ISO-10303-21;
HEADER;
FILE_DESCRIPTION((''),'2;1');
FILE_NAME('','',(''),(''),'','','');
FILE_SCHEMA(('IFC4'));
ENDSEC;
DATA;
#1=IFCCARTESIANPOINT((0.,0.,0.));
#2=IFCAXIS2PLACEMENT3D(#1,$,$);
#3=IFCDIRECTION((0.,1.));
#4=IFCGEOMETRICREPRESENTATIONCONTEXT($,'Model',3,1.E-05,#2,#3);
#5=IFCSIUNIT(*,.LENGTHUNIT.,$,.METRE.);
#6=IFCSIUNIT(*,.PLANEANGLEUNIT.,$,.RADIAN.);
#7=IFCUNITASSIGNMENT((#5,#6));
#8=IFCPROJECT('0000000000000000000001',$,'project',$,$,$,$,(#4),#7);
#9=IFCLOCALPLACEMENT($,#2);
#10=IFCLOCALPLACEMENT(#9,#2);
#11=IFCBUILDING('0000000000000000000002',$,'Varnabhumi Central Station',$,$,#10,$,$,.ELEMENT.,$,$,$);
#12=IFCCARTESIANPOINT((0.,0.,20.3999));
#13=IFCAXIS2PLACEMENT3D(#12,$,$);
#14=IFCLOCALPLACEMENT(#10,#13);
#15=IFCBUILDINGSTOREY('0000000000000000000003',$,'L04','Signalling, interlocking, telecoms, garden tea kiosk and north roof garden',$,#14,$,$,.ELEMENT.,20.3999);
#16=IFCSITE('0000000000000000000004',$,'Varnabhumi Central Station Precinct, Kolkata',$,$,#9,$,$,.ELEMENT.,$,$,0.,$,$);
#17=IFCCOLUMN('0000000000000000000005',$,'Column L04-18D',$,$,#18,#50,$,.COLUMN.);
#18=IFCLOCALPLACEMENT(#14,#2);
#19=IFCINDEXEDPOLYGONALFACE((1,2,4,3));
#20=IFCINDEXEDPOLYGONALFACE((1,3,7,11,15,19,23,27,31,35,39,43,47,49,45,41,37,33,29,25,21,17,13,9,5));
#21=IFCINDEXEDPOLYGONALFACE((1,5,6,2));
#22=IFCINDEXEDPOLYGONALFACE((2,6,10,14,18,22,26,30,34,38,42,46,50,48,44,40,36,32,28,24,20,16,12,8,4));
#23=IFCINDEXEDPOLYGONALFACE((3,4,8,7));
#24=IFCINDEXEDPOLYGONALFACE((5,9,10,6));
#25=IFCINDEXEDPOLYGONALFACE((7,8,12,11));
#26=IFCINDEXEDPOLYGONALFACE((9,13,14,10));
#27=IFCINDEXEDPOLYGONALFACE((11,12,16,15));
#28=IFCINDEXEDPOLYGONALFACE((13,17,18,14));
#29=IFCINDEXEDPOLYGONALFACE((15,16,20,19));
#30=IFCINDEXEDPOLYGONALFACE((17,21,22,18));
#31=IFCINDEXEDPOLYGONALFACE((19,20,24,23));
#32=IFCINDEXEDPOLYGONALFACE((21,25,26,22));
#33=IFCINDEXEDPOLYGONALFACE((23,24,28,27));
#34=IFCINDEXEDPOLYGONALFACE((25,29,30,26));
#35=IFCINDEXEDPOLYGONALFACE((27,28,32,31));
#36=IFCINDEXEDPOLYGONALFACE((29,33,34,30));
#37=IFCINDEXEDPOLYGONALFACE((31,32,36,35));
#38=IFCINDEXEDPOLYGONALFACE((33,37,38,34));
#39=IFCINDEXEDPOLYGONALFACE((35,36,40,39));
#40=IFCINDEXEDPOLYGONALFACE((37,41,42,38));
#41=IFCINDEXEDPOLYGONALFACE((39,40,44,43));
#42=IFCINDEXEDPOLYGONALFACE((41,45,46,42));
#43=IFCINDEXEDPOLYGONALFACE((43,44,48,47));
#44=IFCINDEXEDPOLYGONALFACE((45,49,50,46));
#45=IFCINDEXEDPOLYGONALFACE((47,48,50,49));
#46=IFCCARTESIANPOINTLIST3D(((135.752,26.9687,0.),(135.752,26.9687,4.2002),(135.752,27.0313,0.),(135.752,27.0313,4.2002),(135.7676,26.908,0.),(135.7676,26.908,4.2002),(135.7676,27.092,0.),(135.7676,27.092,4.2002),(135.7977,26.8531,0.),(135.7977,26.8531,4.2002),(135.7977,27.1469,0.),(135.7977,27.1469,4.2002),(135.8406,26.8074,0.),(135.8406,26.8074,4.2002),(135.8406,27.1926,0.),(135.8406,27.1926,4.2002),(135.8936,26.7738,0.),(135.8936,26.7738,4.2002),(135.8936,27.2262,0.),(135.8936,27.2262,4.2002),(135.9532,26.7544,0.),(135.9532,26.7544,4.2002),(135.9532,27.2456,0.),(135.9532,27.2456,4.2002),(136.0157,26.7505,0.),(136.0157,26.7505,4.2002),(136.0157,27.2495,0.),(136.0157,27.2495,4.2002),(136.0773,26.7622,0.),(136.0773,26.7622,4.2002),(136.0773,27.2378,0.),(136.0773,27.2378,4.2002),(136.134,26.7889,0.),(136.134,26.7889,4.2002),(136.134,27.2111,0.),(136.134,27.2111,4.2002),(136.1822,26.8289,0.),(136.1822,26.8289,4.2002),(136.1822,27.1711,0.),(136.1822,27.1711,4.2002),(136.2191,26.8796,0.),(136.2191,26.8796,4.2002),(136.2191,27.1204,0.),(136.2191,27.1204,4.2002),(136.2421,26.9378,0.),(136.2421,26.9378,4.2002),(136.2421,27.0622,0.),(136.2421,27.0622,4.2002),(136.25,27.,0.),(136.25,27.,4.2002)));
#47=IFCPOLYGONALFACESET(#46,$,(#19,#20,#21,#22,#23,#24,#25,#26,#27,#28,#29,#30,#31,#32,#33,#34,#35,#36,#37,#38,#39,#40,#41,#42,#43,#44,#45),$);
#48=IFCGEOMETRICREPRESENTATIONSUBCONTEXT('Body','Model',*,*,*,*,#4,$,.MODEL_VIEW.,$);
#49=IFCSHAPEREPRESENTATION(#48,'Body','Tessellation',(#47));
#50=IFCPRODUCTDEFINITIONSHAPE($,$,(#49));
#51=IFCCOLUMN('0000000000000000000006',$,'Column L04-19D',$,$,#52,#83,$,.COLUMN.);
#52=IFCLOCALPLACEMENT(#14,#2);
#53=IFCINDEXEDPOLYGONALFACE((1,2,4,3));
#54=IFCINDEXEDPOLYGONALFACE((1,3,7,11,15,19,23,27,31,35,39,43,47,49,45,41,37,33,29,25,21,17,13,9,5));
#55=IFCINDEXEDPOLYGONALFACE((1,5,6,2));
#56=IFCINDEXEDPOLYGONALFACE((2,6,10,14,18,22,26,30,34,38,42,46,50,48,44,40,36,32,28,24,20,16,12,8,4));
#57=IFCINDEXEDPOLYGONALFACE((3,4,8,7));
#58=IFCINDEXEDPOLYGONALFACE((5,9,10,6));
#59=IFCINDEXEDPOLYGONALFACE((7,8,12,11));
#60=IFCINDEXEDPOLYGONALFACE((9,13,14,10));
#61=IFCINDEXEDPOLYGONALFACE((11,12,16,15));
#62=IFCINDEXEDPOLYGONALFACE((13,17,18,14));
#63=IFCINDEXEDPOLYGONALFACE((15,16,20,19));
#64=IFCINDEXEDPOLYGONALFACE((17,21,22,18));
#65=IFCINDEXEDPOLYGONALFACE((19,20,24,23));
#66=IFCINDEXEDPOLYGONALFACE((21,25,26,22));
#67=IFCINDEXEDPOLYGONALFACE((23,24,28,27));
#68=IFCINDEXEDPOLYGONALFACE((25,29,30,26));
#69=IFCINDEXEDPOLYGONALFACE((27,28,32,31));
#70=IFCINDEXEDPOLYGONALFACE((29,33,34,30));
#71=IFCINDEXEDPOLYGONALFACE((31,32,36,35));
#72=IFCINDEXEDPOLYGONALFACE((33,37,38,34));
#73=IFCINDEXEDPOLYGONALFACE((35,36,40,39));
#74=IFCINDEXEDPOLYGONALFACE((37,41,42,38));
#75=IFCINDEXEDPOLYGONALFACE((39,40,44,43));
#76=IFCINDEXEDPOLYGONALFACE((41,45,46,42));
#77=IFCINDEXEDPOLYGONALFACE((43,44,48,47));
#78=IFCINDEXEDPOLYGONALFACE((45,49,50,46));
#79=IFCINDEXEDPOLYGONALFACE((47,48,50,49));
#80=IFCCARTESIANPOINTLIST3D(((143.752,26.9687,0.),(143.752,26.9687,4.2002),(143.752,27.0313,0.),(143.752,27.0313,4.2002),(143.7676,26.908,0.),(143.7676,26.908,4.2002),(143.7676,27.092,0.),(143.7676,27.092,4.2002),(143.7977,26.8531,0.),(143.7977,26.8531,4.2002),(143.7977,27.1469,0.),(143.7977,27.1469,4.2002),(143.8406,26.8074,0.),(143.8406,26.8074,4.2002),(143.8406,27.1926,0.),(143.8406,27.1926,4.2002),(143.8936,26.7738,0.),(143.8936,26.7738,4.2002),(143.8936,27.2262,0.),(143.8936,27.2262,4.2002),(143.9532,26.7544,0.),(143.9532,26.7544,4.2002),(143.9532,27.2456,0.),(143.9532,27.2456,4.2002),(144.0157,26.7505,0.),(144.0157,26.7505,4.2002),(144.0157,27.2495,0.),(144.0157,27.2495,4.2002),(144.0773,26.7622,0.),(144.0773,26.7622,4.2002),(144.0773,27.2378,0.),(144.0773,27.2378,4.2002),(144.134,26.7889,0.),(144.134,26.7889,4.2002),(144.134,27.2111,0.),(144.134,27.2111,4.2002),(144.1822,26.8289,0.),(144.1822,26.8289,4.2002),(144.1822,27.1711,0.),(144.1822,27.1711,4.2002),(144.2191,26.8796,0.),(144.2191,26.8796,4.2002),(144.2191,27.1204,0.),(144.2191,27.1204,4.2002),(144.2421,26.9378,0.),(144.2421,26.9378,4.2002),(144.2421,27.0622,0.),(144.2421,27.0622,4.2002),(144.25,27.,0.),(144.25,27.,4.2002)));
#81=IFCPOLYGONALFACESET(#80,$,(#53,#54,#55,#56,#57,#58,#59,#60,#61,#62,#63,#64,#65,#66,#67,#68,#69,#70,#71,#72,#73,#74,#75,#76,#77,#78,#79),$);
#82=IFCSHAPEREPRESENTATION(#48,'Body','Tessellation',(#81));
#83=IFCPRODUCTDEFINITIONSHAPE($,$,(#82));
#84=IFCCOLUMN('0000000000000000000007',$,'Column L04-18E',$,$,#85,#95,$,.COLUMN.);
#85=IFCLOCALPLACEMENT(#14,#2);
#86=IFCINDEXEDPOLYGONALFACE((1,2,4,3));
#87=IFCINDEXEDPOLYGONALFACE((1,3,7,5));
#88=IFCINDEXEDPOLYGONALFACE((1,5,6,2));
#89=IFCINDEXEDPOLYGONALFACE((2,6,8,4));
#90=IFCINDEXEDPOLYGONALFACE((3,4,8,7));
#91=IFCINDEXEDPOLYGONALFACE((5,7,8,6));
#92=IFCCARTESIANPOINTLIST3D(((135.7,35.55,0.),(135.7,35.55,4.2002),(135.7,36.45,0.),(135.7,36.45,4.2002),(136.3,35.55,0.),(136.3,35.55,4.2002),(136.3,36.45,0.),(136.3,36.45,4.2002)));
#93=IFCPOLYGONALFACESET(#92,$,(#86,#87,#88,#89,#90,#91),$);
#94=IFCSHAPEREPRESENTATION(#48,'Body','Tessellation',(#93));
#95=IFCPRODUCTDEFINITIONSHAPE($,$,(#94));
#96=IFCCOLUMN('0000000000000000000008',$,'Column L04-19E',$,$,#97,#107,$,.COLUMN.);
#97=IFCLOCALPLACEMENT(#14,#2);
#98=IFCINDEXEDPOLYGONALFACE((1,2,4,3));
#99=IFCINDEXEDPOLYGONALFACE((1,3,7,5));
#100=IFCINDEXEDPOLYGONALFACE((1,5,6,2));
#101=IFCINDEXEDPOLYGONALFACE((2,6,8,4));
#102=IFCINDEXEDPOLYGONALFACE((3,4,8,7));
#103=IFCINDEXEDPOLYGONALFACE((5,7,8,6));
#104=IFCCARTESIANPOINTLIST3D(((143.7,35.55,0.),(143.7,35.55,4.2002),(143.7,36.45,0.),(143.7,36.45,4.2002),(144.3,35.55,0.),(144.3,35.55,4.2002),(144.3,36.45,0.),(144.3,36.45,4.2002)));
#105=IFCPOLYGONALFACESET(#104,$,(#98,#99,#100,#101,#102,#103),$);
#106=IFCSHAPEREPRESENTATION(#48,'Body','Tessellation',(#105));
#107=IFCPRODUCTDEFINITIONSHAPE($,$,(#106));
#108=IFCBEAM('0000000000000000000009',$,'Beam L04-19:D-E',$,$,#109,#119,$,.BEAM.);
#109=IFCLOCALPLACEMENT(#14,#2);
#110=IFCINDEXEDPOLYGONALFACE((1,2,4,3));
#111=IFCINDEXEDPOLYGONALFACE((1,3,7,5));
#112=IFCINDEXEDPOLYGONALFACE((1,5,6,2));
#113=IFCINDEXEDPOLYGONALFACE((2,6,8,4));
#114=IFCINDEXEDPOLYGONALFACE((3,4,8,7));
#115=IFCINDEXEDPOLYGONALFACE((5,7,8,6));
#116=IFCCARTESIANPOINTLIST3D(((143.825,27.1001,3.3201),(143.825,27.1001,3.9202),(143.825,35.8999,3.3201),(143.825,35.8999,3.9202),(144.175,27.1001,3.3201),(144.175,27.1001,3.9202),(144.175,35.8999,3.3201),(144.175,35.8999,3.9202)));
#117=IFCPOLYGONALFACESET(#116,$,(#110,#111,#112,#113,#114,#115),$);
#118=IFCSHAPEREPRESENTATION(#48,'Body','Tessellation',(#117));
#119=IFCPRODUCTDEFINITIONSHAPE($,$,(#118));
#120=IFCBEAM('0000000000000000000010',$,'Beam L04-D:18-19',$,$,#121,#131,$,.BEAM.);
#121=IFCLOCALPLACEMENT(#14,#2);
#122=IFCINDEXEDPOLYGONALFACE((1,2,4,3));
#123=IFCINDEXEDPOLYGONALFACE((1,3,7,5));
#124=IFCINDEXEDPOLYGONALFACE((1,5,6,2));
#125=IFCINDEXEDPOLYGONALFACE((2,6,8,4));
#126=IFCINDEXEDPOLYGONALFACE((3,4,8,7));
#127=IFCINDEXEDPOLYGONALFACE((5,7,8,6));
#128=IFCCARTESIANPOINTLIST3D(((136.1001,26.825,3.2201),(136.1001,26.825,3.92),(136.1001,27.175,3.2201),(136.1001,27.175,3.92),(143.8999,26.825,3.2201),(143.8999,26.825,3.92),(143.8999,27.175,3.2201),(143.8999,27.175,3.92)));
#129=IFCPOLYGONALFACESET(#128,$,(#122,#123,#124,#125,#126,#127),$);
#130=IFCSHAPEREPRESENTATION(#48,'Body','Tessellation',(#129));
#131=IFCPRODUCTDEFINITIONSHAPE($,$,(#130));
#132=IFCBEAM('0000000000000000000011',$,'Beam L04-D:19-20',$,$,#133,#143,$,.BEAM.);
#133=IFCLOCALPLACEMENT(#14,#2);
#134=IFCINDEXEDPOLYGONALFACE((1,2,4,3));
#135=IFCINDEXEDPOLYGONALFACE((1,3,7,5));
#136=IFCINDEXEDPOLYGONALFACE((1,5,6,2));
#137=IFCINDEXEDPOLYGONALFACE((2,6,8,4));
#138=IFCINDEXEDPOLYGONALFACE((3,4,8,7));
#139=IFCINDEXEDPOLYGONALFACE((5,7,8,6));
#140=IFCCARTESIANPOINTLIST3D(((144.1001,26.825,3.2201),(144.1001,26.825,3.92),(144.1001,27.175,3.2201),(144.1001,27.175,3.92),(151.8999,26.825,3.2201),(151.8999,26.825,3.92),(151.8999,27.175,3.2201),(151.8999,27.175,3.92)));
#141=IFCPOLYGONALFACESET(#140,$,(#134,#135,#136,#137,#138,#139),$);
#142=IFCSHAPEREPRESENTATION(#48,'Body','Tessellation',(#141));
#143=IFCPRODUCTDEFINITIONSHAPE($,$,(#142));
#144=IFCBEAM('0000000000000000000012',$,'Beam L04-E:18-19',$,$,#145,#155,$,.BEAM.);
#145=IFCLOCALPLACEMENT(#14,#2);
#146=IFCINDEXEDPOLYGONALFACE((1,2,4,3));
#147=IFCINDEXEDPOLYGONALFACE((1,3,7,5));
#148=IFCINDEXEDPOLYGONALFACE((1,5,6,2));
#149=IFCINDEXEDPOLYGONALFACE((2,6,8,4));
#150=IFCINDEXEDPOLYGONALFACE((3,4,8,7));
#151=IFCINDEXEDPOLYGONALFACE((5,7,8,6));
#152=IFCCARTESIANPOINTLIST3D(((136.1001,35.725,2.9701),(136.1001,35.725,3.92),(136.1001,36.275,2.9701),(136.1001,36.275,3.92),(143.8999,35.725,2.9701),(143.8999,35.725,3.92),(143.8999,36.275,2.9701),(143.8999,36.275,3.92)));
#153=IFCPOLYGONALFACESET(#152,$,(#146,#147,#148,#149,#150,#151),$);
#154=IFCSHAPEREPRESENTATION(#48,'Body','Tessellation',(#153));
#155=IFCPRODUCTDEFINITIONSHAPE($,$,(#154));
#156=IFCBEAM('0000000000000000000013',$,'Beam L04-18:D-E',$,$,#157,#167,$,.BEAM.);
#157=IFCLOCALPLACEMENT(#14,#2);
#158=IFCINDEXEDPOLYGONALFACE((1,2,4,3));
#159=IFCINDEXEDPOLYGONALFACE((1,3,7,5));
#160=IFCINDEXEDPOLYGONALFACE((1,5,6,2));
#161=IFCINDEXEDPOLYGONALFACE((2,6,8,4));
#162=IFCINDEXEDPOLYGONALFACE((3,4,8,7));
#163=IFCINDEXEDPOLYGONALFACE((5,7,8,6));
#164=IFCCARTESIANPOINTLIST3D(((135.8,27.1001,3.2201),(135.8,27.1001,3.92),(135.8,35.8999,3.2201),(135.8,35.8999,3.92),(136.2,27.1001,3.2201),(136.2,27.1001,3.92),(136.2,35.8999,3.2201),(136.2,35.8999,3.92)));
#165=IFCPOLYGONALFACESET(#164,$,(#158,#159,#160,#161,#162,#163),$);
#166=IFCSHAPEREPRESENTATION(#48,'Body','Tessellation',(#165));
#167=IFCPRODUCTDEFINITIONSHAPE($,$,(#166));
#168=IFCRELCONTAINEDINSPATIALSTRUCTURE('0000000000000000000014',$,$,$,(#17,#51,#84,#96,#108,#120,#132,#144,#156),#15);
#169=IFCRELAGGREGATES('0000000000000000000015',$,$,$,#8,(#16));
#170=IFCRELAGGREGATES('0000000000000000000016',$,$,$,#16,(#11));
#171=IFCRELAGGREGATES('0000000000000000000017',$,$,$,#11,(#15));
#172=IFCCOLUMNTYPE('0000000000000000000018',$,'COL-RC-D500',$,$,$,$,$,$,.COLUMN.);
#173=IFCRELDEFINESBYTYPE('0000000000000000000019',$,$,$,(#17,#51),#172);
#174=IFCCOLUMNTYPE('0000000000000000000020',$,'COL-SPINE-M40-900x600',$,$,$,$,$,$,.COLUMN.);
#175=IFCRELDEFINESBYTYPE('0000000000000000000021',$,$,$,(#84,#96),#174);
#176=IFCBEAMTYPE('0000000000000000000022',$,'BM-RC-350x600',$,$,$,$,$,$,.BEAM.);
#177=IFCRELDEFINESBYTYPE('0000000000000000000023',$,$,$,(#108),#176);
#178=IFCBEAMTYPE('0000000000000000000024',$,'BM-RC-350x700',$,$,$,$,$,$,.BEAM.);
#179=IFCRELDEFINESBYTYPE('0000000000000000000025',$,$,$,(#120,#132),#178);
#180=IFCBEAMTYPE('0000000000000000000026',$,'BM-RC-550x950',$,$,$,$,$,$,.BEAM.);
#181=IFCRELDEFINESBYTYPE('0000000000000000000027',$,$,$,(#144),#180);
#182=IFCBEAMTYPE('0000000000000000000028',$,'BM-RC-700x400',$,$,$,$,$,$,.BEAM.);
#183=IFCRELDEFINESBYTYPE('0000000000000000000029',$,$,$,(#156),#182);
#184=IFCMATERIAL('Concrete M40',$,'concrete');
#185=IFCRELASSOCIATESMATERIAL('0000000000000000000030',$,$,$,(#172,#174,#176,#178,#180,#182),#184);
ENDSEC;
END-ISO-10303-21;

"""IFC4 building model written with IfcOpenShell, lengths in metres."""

from ifc_helpers import new_model, si_unit, direction, frame, origin, origin_2d, place, context, subcontext, project, spatial, rectangle, circle, extrude, material, material_profile, profile_set, type_object, element, save


model = new_model("IFC4")

# Units and contexts
model_context = context("Model", 3, precision=1e-05, world=origin(), true_north=direction((0.0, 1.0)))
body_context = subcontext(model_context, "Body", "Model", "MODEL_VIEW")
ifc_project = project(units=[si_unit("LENGTHUNIT", "METRE"), si_unit("PLANEANGLEUNIT", "RADIAN")], contexts=[model_context])

# Site, building, storey
site_placement = place(None, origin())
site = spatial("IfcSite", under=ifc_project, at=site_placement, Name="Varnabhumi Central Station Precinct, Kolkata", CompositionType="ELEMENT", RefElevation=0.0)
building_placement = place(site_placement, origin())
building = spatial("IfcBuilding", under=site, at=building_placement, Name="Varnabhumi Central Station", CompositionType="ELEMENT")
storey_placement = place(building_placement, frame((0.0, 0.0, 20.3999)))
storey = spatial("IfcBuildingStorey", under=building, at=storey_placement, Name="L04", Description="Signalling, interlocking, telecoms, garden tea kiosk and north roof garden", CompositionType="ELEMENT", Elevation=20.3999)

# Columns
ifc_material_1 = material(Name="Concrete M40", Category="concrete")
ifc_material_profile_1 = material_profile(ifc_material_1, circle(Radius=0.25, at=origin_2d()), Name="Concrete M40", Category="concrete")
ifc_profile_set_1 = profile_set([ifc_material_profile_1], Name="Concrete M40")
column_type_1 = type_object("IfcColumnType", Name="COL-RC-D500", PredefinedType="COLUMN", material=ifc_profile_set_1)
for number, where, z_axis, x_axis, name in (
    (1, (136.0, 27.0, 0.0), (0.0, 0.0, 1.0), (1.0, 0.0, 0.0), "Column L04-18D"),
    (2, (144.0, 27.0, 0.0), (0.0, 0.0, 1.0), (1.0, 0.0, 0.0), "Column L04-19D"),
):
    element("IfcColumn", number, at=place(storey_placement, frame(where, z_axis=z_axis, x_axis=x_axis)), inside=storey, type_object=column_type_1, Name=name, PredefinedType="COLUMN", context=body_context, shape_type="SweptSolid", body=[
        extrude(circle(Radius=0.25, at=origin_2d()), origin(), (0.0, 0.0, 1.0), 4.2002),
    ])
ifc_material_profile_2 = material_profile(ifc_material_1, rectangle(XDim=0.6001, YDim=0.8999, at=origin_2d()), Name="Concrete M40", Category="concrete")
ifc_profile_set_2 = profile_set([ifc_material_profile_2], Name="Concrete M40")
column_type_2 = type_object("IfcColumnType", Name="COL-SPINE-M40-900x600", PredefinedType="COLUMN", material=ifc_profile_set_2)
for number, where, z_axis, x_axis, name in (
    (3, (136.0, 36.0, 0.0), (0.0, 0.0, 1.0), (1.0, 0.0, 0.0), "Column L04-18E"),
    (4, (144.0, 36.0, 0.0), (0.0, 0.0, 1.0), (1.0, 0.0, 0.0), "Column L04-19E"),
):
    element("IfcColumn", number, at=place(storey_placement, frame(where, z_axis=z_axis, x_axis=x_axis)), inside=storey, type_object=column_type_2, Name=name, PredefinedType="COLUMN", context=body_context, shape_type="SweptSolid", body=[
        extrude(rectangle(XDim=0.6001, YDim=0.8999, at=origin_2d()), origin(), (0.0, 0.0, 1.0), 4.2002),
    ])

# Beams
ifc_material_profile_3 = material_profile(ifc_material_1, rectangle(XDim=0.3501, YDim=0.6001, at=origin_2d()), Name="Concrete M40", Category="concrete")
ifc_profile_set_3 = profile_set([ifc_material_profile_3], Name="Concrete M40")
beam_type_1 = type_object("IfcBeamType", Name="BM-RC-350x600", PredefinedType="BEAM", material=ifc_profile_set_3)
beam_1_placement = place(storey_placement, frame((144.0, 27.1001, 3.6201), z_axis=(0.0, 1.0, 0.0), x_axis=(-1.0, 0.0, 0.0)))
element("IfcBeam", 5, at=beam_1_placement, inside=storey, type_object=beam_type_1, Name="Beam L04-19:D-E", PredefinedType="BEAM", context=body_context, shape_type="SweptSolid", body=[
    extrude(rectangle(XDim=0.3501, YDim=0.6001, at=origin_2d()), origin(), (0.0, 0.0, 1.0), 8.7998),
])
ifc_material_profile_4 = material_profile(ifc_material_1, rectangle(XDim=0.3501, YDim=0.7, at=origin_2d()), Name="Concrete M40", Category="concrete")
ifc_profile_set_4 = profile_set([ifc_material_profile_4], Name="Concrete M40")
beam_type_2 = type_object("IfcBeamType", Name="BM-RC-350x700", PredefinedType="BEAM", material=ifc_profile_set_4)
for number, where, z_axis, x_axis, name in (
    (6, (136.1001, 27.0, 3.5701), (1.0, 0.0, 0.0), (0.0, 1.0, 0.0), "Beam L04-D:18-19"),
    (7, (144.1001, 27.0, 3.5701), (1.0, 0.0, 0.0), (0.0, 1.0, 0.0), "Beam L04-D:19-20"),
):
    element("IfcBeam", number, at=place(storey_placement, frame(where, z_axis=z_axis, x_axis=x_axis)), inside=storey, type_object=beam_type_2, Name=name, PredefinedType="BEAM", context=body_context, shape_type="SweptSolid", body=[
        extrude(rectangle(XDim=0.3501, YDim=0.7, at=origin_2d()), origin(), (0.0, 0.0, 1.0), 7.7998),
    ])
ifc_material_profile_5 = material_profile(ifc_material_1, rectangle(XDim=0.55, YDim=0.95, at=origin_2d()), Name="Concrete M40", Category="concrete")
ifc_profile_set_5 = profile_set([ifc_material_profile_5], Name="Concrete M40")
beam_type_3 = type_object("IfcBeamType", Name="BM-RC-550x950", PredefinedType="BEAM", material=ifc_profile_set_5)
beam_2_placement = place(storey_placement, frame((136.1001, 36.0, 3.4451), z_axis=(1.0, 0.0, 0.0), x_axis=(0.0, 1.0, 0.0)))
element("IfcBeam", 8, at=beam_2_placement, inside=storey, type_object=beam_type_3, Name="Beam L04-E:18-19", PredefinedType="BEAM", context=body_context, shape_type="SweptSolid", body=[
    extrude(rectangle(XDim=0.55, YDim=0.95, at=origin_2d()), origin(), (0.0, 0.0, 1.0), 7.7998),
])
ifc_material_profile_6 = material_profile(ifc_material_1, rectangle(XDim=0.3999, YDim=0.7, at=origin_2d()), Name="Concrete M40", Category="concrete")
ifc_profile_set_6 = profile_set([ifc_material_profile_6], Name="Concrete M40")
beam_type_4 = type_object("IfcBeamType", Name="BM-RC-700x400", PredefinedType="BEAM", material=ifc_profile_set_6)
beam_3_placement = place(storey_placement, frame((136.0, 27.1001, 3.5701), z_axis=(0.0, 1.0, 0.0), x_axis=(-1.0, 0.0, 0.0)))
element("IfcBeam", 9, at=beam_3_placement, inside=storey, type_object=beam_type_4, Name="Beam L04-18:D-E", PredefinedType="BEAM", context=body_context, shape_type="SweptSolid", body=[
    extrude(rectangle(XDim=0.3999, YDim=0.7, at=origin_2d()), origin(), (0.0, 0.0, 1.0), 8.7998),
])

save(model, "model.ifc")
